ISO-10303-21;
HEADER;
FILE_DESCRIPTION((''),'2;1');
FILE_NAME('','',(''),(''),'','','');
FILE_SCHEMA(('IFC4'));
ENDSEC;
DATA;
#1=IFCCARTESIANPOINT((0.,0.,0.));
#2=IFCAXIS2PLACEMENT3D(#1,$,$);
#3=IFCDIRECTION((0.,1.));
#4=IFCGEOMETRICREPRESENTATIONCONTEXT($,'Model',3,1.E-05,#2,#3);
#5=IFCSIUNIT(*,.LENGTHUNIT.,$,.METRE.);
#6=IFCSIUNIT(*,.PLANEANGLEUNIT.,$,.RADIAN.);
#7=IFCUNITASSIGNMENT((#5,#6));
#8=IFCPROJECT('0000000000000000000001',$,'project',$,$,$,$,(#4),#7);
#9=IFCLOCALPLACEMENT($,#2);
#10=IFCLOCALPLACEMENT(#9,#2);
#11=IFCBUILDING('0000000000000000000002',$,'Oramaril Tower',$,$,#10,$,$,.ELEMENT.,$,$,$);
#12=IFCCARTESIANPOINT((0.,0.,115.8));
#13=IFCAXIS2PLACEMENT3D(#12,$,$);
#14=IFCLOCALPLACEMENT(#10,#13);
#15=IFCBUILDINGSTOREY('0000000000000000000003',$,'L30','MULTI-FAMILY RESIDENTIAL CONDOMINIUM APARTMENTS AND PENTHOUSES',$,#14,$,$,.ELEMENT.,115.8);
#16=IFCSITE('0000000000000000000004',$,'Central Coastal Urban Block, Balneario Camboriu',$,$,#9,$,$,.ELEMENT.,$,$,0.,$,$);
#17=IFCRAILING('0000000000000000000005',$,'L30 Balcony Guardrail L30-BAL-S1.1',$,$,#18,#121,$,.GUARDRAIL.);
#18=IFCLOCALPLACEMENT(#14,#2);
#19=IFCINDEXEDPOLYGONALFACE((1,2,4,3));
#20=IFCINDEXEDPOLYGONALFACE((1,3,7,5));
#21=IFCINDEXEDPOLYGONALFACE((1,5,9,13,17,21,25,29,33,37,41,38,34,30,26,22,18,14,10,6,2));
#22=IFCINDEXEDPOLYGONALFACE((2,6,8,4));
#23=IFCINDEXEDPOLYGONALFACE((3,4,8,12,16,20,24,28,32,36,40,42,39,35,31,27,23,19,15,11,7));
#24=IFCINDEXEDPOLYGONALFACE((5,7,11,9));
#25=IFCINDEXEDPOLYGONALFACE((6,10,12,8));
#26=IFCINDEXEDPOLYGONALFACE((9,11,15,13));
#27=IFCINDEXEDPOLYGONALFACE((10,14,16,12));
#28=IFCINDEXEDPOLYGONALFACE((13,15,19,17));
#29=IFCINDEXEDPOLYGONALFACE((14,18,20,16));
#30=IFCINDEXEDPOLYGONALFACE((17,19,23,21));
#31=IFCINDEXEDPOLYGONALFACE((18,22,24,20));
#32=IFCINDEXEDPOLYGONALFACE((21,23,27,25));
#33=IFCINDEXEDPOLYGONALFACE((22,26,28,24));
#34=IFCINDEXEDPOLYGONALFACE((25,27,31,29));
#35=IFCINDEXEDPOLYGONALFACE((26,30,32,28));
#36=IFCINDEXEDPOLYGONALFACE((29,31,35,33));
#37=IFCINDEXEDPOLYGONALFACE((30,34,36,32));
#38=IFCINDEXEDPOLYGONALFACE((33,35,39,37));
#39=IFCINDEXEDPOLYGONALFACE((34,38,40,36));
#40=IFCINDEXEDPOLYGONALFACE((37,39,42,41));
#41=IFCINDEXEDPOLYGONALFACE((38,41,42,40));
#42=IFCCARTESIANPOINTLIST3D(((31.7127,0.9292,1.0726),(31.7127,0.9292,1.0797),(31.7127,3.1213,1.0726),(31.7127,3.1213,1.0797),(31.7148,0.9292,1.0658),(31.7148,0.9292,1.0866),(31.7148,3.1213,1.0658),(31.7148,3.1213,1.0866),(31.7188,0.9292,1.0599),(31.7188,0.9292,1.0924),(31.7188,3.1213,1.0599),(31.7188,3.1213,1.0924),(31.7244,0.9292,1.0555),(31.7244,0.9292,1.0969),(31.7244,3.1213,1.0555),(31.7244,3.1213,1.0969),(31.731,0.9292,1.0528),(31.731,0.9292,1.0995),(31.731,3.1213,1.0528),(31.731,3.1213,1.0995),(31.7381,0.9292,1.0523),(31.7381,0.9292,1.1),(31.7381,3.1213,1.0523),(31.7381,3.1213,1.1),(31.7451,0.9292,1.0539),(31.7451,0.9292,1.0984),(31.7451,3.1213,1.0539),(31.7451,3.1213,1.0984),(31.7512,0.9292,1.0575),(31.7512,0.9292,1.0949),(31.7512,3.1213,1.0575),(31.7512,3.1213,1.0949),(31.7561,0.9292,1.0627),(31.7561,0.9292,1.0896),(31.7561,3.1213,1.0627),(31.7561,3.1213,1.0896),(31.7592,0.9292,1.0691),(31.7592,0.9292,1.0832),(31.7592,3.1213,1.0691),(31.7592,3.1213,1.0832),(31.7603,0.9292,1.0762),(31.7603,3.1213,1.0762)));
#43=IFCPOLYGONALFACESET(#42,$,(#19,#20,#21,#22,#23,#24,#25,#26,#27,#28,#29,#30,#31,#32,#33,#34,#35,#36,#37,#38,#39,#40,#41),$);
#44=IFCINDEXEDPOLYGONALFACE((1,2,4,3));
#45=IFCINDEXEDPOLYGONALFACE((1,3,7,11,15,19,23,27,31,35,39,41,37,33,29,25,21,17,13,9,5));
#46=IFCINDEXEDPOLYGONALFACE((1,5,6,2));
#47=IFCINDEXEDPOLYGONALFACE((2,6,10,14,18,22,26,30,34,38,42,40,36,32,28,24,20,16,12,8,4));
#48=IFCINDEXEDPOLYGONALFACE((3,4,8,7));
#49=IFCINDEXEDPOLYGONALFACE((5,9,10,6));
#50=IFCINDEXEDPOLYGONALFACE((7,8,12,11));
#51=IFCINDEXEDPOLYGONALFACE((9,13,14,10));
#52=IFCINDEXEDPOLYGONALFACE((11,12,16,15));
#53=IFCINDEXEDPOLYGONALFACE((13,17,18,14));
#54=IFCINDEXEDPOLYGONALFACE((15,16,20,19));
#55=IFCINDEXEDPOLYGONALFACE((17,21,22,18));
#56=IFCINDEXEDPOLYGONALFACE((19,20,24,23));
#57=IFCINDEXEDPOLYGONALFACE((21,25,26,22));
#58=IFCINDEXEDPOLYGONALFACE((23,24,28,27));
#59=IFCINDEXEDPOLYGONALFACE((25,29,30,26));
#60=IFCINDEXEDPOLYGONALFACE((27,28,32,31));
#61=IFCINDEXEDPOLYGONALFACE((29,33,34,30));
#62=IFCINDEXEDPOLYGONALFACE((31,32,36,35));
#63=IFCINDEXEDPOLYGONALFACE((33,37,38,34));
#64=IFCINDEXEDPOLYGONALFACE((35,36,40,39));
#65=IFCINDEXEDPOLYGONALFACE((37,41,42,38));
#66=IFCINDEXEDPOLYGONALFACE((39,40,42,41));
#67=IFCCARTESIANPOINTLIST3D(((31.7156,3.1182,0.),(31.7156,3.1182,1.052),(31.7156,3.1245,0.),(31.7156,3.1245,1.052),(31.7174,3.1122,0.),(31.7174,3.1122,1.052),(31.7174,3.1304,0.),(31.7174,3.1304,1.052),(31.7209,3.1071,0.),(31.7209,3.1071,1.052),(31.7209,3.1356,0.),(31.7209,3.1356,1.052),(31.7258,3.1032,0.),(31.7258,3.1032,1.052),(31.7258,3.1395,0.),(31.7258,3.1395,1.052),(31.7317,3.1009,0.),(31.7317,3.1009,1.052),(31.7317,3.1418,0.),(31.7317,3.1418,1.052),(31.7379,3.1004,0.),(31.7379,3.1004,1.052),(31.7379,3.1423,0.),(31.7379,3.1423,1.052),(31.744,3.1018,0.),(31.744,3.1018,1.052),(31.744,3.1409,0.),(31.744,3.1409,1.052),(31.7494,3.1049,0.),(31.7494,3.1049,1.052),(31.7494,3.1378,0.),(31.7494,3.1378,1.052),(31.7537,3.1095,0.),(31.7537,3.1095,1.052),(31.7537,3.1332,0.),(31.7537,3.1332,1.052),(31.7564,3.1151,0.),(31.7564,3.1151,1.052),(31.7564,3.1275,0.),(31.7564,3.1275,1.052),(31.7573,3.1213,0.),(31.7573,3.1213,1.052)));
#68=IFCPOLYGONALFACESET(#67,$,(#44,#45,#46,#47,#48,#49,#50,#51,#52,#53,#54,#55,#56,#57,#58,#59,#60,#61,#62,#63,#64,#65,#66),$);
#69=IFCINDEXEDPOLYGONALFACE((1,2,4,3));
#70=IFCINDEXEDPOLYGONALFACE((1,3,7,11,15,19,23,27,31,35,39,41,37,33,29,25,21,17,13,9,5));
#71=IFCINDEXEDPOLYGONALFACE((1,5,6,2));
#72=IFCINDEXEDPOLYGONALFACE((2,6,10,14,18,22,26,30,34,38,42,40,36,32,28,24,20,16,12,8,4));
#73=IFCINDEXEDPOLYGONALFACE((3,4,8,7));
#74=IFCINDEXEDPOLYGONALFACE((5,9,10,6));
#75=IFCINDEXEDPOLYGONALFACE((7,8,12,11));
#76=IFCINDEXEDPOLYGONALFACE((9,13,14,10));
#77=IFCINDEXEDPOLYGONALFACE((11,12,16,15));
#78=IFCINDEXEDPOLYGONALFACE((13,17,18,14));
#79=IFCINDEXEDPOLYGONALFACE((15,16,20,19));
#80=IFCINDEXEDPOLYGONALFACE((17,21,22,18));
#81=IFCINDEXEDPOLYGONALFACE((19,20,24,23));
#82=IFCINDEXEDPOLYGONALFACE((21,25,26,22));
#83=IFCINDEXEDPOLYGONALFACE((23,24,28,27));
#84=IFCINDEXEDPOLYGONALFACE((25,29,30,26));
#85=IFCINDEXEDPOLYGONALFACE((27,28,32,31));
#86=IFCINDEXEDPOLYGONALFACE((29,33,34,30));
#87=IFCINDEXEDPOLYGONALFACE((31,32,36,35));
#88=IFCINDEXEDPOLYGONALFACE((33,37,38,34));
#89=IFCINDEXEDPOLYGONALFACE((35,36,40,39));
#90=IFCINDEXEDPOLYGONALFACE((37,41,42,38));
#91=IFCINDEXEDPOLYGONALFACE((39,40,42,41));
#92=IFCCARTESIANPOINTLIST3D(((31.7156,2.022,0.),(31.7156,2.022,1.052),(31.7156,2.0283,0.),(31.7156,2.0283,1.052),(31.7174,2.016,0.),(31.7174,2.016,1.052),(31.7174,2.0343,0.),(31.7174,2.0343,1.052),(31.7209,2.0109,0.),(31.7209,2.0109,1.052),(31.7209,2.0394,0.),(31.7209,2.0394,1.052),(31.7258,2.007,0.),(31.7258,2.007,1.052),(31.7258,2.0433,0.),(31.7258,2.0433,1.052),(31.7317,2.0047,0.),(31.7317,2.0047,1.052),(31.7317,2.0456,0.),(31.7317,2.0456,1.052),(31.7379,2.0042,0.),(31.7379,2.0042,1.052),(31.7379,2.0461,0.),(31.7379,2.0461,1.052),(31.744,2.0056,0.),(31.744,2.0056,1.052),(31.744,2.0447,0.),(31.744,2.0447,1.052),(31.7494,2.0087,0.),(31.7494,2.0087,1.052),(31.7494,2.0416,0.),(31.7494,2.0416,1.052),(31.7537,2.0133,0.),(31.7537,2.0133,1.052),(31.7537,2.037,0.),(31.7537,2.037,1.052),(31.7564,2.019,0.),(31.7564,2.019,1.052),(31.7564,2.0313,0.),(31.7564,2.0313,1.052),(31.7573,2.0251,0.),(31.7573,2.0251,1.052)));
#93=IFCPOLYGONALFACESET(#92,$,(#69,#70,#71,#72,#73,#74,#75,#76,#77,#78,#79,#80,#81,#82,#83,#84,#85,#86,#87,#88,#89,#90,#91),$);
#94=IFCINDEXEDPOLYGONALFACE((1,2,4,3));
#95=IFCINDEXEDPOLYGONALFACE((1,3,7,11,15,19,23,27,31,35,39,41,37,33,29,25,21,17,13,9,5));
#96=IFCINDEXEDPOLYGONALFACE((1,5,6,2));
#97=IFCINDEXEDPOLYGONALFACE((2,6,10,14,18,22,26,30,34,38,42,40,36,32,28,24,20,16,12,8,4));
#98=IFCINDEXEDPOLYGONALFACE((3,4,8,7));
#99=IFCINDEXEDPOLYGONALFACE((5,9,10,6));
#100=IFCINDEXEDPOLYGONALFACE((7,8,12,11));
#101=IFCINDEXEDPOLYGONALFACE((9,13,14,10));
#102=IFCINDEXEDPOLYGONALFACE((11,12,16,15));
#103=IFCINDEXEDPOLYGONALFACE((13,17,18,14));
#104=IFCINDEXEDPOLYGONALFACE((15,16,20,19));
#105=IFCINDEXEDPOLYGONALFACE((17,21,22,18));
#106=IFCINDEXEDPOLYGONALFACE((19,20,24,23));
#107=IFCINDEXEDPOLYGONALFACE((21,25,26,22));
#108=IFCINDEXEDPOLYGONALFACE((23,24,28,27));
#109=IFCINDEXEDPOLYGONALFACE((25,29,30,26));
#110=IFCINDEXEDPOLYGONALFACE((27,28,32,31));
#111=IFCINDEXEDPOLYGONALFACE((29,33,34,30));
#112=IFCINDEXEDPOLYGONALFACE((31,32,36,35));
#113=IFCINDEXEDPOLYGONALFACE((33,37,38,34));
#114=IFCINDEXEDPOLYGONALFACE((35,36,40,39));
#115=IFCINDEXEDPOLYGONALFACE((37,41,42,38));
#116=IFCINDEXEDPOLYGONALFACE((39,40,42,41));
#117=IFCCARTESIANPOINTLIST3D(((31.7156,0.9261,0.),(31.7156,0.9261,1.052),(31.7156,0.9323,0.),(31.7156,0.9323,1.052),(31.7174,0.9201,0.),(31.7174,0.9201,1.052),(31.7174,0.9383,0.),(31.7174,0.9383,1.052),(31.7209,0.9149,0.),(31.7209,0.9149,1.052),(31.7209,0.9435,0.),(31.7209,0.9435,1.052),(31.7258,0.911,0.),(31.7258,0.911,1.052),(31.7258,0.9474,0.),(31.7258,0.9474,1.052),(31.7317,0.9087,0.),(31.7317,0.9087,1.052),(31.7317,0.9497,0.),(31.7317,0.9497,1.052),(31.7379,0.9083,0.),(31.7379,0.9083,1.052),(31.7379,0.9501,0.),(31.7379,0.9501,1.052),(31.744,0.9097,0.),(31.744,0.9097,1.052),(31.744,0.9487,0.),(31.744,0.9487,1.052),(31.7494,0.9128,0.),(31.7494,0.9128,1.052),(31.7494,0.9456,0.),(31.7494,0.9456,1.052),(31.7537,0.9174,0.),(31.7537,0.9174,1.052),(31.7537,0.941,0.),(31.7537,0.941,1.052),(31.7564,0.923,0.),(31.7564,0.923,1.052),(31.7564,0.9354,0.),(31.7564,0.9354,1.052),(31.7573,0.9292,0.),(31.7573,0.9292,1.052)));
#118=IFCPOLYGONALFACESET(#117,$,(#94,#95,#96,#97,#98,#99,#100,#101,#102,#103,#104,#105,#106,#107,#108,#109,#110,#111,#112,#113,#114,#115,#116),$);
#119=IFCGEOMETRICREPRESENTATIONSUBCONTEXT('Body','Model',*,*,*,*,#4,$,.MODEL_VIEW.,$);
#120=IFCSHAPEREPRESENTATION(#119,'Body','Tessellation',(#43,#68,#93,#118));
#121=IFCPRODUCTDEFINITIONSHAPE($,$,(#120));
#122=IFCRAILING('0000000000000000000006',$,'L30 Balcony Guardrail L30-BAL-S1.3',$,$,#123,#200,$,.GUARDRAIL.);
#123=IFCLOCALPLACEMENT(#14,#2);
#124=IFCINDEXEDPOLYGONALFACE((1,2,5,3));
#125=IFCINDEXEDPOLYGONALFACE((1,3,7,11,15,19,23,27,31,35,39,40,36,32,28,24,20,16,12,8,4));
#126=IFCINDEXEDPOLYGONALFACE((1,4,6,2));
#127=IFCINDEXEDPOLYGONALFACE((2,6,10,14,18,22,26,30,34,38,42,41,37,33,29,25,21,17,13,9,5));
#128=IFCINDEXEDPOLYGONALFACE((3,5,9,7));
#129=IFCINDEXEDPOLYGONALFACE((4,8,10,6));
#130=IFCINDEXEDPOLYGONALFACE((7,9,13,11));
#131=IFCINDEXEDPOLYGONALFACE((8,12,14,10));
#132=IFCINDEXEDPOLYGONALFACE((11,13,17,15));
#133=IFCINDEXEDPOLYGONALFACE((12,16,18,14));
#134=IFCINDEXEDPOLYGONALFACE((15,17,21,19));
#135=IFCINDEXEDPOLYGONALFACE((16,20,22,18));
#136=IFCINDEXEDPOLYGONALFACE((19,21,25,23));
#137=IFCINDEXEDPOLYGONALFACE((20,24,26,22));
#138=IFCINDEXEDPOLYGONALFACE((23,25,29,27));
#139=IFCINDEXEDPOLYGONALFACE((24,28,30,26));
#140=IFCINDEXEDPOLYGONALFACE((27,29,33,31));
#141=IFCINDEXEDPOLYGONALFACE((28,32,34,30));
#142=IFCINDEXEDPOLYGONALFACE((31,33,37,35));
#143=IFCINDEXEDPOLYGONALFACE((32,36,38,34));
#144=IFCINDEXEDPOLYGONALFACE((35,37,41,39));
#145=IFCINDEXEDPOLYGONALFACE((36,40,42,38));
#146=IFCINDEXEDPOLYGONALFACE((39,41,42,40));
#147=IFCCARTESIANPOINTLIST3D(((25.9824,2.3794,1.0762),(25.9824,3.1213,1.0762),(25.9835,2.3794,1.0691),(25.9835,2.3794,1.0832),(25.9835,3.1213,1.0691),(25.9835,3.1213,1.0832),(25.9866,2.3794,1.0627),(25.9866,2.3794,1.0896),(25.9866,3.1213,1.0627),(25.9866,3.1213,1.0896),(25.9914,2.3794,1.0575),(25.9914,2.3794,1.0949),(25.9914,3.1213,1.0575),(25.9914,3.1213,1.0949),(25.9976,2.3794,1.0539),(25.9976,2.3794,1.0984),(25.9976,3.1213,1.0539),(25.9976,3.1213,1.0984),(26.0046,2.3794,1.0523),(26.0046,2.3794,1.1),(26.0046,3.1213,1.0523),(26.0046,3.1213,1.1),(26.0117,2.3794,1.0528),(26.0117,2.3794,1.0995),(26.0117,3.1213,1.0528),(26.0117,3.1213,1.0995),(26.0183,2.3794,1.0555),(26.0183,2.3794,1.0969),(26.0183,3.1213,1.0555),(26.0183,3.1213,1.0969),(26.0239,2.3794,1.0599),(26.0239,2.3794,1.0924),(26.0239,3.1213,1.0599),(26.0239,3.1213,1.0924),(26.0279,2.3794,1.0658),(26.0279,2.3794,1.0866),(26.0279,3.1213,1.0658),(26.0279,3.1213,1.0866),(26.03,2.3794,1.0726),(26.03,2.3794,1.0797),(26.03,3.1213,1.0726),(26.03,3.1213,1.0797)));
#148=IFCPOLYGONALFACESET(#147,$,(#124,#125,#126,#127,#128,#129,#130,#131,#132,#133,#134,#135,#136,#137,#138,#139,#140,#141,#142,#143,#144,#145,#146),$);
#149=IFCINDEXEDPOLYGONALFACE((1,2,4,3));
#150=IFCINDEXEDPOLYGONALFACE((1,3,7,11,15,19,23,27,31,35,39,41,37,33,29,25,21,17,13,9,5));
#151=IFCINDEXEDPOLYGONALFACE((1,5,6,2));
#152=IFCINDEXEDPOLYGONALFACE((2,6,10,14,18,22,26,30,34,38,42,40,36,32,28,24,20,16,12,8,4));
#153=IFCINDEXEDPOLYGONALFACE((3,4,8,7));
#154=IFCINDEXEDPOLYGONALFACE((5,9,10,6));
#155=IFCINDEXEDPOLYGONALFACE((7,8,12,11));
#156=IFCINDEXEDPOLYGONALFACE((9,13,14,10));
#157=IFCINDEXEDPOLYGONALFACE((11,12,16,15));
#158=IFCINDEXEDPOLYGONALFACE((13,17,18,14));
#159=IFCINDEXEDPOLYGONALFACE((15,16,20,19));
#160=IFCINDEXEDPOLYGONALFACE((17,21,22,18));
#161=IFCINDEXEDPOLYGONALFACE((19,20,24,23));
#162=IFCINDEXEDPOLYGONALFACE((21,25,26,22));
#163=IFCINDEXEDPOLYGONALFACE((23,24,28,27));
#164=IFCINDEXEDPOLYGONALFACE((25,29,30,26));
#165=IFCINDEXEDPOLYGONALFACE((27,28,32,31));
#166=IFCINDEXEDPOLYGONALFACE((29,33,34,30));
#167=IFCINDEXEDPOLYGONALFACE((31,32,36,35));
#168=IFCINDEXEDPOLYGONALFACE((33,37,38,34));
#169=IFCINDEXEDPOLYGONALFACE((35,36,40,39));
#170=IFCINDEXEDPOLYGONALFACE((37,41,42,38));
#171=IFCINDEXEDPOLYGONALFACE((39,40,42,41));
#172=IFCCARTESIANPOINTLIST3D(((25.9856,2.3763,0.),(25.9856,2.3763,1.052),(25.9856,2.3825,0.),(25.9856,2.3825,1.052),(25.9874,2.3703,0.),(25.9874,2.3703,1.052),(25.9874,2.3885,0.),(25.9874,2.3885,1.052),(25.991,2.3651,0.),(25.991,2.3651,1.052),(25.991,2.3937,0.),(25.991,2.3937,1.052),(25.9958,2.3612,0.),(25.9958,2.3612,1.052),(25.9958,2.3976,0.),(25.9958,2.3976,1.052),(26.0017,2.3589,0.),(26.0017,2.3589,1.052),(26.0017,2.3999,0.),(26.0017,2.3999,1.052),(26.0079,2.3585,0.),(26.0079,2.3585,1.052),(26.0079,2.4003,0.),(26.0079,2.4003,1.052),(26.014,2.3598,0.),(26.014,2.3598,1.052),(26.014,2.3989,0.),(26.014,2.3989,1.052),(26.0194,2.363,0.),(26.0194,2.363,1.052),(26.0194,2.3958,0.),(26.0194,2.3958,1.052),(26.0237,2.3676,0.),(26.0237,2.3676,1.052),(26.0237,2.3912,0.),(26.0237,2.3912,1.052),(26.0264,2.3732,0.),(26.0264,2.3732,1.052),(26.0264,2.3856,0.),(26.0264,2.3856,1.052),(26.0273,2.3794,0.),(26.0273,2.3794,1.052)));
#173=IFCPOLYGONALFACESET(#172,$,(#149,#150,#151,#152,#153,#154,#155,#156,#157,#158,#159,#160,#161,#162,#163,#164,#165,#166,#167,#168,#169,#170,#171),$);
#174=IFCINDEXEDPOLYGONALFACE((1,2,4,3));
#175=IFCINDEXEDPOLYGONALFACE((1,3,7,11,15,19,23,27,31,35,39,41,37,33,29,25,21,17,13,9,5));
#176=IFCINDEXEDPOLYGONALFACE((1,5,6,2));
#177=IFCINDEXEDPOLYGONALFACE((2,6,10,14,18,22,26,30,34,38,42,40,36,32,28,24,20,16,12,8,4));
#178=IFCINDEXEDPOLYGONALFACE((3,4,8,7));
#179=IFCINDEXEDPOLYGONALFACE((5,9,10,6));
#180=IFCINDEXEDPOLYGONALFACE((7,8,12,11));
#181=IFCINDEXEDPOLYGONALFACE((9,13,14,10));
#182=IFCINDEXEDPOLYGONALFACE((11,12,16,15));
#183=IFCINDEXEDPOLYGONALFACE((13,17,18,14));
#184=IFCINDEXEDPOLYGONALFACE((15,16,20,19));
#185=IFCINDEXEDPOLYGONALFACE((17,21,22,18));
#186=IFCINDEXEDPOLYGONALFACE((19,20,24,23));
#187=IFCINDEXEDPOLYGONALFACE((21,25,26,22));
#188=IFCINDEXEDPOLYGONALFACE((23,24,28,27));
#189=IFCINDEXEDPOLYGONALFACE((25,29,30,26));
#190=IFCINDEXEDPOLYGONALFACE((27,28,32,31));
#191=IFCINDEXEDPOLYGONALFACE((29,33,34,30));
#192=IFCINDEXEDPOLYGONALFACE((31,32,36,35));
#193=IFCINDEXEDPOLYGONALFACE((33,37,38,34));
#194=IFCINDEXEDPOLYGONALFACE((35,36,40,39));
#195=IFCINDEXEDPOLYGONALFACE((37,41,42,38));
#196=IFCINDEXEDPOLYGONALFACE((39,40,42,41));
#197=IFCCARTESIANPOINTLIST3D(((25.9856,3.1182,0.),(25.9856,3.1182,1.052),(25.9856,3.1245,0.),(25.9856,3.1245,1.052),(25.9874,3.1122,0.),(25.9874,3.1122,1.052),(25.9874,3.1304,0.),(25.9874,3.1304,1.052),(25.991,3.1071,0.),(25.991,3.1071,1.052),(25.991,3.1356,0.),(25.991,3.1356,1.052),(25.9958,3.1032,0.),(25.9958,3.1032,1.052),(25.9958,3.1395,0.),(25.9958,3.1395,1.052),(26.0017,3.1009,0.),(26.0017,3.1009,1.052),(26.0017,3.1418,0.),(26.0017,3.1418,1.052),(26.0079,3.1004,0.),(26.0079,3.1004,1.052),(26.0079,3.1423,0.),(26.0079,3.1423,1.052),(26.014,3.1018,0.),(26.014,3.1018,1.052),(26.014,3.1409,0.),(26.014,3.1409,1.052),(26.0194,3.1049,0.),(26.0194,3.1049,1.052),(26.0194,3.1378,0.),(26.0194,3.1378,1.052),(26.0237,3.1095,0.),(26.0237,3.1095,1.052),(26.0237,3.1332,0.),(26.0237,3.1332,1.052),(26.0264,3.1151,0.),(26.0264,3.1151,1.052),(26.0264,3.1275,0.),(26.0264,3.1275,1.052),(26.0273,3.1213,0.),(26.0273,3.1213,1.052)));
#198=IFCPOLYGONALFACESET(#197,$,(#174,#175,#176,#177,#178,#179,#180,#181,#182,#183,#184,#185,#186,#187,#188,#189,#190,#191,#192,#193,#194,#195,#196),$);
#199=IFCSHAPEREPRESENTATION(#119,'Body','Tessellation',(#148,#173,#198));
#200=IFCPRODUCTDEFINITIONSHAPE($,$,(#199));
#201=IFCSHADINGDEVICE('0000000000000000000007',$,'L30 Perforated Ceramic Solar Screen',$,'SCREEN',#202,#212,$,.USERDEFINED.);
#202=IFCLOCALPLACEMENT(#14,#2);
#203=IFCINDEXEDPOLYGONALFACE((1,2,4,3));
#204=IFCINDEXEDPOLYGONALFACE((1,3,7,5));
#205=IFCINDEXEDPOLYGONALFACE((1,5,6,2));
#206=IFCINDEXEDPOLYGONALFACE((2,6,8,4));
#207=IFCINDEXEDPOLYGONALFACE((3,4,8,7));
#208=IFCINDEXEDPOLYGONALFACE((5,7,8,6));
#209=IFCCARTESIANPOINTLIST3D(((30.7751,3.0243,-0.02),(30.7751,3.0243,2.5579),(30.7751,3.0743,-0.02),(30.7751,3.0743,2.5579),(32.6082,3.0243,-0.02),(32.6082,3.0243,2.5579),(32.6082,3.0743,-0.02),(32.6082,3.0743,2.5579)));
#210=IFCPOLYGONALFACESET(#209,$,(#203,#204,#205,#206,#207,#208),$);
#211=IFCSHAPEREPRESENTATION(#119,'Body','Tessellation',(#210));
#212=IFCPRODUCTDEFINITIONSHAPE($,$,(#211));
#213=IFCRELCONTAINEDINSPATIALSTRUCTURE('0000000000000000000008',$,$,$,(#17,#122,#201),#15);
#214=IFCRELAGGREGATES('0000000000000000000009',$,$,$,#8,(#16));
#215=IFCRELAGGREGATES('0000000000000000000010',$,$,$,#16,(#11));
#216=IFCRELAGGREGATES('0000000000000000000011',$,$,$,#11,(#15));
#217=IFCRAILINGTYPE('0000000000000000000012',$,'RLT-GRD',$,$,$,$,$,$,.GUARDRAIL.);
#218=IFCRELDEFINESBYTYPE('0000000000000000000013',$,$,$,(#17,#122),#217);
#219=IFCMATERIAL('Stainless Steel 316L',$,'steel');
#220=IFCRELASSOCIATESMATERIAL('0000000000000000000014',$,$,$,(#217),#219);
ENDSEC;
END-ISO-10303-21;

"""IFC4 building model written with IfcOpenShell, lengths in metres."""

from ifc_helpers import new_model, si_unit, direction, frame, origin, origin_2d, place, context, subcontext, project, spatial, rectangle, circle, extrude, material, type_object, element, save


model = new_model("IFC4")

# Units and contexts
model_context = context("Model", 3, precision=1e-05, world=origin(), true_north=direction((0.0, 1.0)))
body_context = subcontext(model_context, "Body", "Model", "MODEL_VIEW")
ifc_project = project(units=[si_unit("LENGTHUNIT", "METRE"), si_unit("PLANEANGLEUNIT", "RADIAN")], contexts=[model_context])

# Site, building, storey
site_placement = place(None, origin())
site = spatial("IfcSite", under=ifc_project, at=site_placement, Name="Central Coastal Urban Block, Balneario Camboriu", CompositionType="ELEMENT", RefElevation=0.0)
building_placement = place(site_placement, origin())
building = spatial("IfcBuilding", under=site, at=building_placement, Name="Oramaril Tower", CompositionType="ELEMENT")
storey_placement = place(building_placement, frame((0.0, 0.0, 115.8)))
storey = spatial("IfcBuildingStorey", under=building, at=storey_placement, Name="L30", Description="MULTI-FAMILY RESIDENTIAL CONDOMINIUM APARTMENTS AND PENTHOUSES", CompositionType="ELEMENT", Elevation=115.8)

# Railings
ifc_material_1 = material(Name="Stainless Steel 316L", Category="steel")
railing_type = type_object("IfcRailingType", Name="RLT-GRD", PredefinedType="GUARDRAIL", material=ifc_material_1)
railing_1_placement = place(storey_placement, frame((31.7363, 3.1213, 0.0)))
element("IfcRailing", 1, at=railing_1_placement, inside=storey, type_object=railing_type, Name="L30 Balcony Guardrail L30-BAL-S1.1", PredefinedType="GUARDRAIL", context=body_context, shape_type="SweptSolid", body=[
    extrude(circle(Radius=0.0239, at=origin_2d()), frame((0.0, 0.0, 1.0762), z_axis=(0.0, -1.0, 0.0), x_axis=(1.0, 0.0, 0.0)), (0.0, 0.0, 1.0), 2.1921),
    extrude(circle(Radius=0.021, at=origin_2d()), origin(), (0.0, 0.0, 1.0), 1.052),
    extrude(circle(Radius=0.021, at=origin_2d()), frame((0.0, -1.0962, 0.0)), (0.0, 0.0, 1.0), 1.052),
    extrude(circle(Radius=0.021, at=origin_2d()), frame((0.0, -2.1921, 0.0)), (0.0, 0.0, 1.0), 1.052),
])
railing_2_placement = place(storey_placement, frame((26.0063, 2.3794, 0.0)))
element("IfcRailing", 2, at=railing_2_placement, inside=storey, type_object=railing_type, Name="L30 Balcony Guardrail L30-BAL-S1.3", PredefinedType="GUARDRAIL", context=body_context, shape_type="SweptSolid", body=[
    extrude(circle(Radius=0.0239, at=origin_2d()), frame((0.0, 0.0, 1.0762), z_axis=(0.0, 1.0, 0.0), x_axis=(-1.0, 0.0, 0.0)), (0.0, 0.0, 1.0), 0.7419),
    extrude(circle(Radius=0.021, at=origin_2d()), origin(), (0.0, 0.0, 1.0), 1.052),
    extrude(circle(Radius=0.021, at=origin_2d()), frame((0.0, 0.7419, 0.0)), (0.0, 0.0, 1.0), 1.052),
])

# Shading device
shading_device_placement = place(storey_placement, frame((31.6917, 3.0493, -0.02), z_axis=(0.0, 0.0, 1.0), x_axis=(1.0, 0.0, 0.0)))
element("IfcShadingDevice", 3, at=shading_device_placement, inside=storey, Name="L30 Perforated Ceramic Solar Screen", ObjectType="SCREEN", PredefinedType="USERDEFINED", context=body_context, shape_type="SweptSolid", body=[
    extrude(rectangle(XDim=1.833, YDim=0.05, at=origin_2d()), origin(), (0.0, 0.0, 1.0), 2.5779),
])

save(model, "model.ifc")
